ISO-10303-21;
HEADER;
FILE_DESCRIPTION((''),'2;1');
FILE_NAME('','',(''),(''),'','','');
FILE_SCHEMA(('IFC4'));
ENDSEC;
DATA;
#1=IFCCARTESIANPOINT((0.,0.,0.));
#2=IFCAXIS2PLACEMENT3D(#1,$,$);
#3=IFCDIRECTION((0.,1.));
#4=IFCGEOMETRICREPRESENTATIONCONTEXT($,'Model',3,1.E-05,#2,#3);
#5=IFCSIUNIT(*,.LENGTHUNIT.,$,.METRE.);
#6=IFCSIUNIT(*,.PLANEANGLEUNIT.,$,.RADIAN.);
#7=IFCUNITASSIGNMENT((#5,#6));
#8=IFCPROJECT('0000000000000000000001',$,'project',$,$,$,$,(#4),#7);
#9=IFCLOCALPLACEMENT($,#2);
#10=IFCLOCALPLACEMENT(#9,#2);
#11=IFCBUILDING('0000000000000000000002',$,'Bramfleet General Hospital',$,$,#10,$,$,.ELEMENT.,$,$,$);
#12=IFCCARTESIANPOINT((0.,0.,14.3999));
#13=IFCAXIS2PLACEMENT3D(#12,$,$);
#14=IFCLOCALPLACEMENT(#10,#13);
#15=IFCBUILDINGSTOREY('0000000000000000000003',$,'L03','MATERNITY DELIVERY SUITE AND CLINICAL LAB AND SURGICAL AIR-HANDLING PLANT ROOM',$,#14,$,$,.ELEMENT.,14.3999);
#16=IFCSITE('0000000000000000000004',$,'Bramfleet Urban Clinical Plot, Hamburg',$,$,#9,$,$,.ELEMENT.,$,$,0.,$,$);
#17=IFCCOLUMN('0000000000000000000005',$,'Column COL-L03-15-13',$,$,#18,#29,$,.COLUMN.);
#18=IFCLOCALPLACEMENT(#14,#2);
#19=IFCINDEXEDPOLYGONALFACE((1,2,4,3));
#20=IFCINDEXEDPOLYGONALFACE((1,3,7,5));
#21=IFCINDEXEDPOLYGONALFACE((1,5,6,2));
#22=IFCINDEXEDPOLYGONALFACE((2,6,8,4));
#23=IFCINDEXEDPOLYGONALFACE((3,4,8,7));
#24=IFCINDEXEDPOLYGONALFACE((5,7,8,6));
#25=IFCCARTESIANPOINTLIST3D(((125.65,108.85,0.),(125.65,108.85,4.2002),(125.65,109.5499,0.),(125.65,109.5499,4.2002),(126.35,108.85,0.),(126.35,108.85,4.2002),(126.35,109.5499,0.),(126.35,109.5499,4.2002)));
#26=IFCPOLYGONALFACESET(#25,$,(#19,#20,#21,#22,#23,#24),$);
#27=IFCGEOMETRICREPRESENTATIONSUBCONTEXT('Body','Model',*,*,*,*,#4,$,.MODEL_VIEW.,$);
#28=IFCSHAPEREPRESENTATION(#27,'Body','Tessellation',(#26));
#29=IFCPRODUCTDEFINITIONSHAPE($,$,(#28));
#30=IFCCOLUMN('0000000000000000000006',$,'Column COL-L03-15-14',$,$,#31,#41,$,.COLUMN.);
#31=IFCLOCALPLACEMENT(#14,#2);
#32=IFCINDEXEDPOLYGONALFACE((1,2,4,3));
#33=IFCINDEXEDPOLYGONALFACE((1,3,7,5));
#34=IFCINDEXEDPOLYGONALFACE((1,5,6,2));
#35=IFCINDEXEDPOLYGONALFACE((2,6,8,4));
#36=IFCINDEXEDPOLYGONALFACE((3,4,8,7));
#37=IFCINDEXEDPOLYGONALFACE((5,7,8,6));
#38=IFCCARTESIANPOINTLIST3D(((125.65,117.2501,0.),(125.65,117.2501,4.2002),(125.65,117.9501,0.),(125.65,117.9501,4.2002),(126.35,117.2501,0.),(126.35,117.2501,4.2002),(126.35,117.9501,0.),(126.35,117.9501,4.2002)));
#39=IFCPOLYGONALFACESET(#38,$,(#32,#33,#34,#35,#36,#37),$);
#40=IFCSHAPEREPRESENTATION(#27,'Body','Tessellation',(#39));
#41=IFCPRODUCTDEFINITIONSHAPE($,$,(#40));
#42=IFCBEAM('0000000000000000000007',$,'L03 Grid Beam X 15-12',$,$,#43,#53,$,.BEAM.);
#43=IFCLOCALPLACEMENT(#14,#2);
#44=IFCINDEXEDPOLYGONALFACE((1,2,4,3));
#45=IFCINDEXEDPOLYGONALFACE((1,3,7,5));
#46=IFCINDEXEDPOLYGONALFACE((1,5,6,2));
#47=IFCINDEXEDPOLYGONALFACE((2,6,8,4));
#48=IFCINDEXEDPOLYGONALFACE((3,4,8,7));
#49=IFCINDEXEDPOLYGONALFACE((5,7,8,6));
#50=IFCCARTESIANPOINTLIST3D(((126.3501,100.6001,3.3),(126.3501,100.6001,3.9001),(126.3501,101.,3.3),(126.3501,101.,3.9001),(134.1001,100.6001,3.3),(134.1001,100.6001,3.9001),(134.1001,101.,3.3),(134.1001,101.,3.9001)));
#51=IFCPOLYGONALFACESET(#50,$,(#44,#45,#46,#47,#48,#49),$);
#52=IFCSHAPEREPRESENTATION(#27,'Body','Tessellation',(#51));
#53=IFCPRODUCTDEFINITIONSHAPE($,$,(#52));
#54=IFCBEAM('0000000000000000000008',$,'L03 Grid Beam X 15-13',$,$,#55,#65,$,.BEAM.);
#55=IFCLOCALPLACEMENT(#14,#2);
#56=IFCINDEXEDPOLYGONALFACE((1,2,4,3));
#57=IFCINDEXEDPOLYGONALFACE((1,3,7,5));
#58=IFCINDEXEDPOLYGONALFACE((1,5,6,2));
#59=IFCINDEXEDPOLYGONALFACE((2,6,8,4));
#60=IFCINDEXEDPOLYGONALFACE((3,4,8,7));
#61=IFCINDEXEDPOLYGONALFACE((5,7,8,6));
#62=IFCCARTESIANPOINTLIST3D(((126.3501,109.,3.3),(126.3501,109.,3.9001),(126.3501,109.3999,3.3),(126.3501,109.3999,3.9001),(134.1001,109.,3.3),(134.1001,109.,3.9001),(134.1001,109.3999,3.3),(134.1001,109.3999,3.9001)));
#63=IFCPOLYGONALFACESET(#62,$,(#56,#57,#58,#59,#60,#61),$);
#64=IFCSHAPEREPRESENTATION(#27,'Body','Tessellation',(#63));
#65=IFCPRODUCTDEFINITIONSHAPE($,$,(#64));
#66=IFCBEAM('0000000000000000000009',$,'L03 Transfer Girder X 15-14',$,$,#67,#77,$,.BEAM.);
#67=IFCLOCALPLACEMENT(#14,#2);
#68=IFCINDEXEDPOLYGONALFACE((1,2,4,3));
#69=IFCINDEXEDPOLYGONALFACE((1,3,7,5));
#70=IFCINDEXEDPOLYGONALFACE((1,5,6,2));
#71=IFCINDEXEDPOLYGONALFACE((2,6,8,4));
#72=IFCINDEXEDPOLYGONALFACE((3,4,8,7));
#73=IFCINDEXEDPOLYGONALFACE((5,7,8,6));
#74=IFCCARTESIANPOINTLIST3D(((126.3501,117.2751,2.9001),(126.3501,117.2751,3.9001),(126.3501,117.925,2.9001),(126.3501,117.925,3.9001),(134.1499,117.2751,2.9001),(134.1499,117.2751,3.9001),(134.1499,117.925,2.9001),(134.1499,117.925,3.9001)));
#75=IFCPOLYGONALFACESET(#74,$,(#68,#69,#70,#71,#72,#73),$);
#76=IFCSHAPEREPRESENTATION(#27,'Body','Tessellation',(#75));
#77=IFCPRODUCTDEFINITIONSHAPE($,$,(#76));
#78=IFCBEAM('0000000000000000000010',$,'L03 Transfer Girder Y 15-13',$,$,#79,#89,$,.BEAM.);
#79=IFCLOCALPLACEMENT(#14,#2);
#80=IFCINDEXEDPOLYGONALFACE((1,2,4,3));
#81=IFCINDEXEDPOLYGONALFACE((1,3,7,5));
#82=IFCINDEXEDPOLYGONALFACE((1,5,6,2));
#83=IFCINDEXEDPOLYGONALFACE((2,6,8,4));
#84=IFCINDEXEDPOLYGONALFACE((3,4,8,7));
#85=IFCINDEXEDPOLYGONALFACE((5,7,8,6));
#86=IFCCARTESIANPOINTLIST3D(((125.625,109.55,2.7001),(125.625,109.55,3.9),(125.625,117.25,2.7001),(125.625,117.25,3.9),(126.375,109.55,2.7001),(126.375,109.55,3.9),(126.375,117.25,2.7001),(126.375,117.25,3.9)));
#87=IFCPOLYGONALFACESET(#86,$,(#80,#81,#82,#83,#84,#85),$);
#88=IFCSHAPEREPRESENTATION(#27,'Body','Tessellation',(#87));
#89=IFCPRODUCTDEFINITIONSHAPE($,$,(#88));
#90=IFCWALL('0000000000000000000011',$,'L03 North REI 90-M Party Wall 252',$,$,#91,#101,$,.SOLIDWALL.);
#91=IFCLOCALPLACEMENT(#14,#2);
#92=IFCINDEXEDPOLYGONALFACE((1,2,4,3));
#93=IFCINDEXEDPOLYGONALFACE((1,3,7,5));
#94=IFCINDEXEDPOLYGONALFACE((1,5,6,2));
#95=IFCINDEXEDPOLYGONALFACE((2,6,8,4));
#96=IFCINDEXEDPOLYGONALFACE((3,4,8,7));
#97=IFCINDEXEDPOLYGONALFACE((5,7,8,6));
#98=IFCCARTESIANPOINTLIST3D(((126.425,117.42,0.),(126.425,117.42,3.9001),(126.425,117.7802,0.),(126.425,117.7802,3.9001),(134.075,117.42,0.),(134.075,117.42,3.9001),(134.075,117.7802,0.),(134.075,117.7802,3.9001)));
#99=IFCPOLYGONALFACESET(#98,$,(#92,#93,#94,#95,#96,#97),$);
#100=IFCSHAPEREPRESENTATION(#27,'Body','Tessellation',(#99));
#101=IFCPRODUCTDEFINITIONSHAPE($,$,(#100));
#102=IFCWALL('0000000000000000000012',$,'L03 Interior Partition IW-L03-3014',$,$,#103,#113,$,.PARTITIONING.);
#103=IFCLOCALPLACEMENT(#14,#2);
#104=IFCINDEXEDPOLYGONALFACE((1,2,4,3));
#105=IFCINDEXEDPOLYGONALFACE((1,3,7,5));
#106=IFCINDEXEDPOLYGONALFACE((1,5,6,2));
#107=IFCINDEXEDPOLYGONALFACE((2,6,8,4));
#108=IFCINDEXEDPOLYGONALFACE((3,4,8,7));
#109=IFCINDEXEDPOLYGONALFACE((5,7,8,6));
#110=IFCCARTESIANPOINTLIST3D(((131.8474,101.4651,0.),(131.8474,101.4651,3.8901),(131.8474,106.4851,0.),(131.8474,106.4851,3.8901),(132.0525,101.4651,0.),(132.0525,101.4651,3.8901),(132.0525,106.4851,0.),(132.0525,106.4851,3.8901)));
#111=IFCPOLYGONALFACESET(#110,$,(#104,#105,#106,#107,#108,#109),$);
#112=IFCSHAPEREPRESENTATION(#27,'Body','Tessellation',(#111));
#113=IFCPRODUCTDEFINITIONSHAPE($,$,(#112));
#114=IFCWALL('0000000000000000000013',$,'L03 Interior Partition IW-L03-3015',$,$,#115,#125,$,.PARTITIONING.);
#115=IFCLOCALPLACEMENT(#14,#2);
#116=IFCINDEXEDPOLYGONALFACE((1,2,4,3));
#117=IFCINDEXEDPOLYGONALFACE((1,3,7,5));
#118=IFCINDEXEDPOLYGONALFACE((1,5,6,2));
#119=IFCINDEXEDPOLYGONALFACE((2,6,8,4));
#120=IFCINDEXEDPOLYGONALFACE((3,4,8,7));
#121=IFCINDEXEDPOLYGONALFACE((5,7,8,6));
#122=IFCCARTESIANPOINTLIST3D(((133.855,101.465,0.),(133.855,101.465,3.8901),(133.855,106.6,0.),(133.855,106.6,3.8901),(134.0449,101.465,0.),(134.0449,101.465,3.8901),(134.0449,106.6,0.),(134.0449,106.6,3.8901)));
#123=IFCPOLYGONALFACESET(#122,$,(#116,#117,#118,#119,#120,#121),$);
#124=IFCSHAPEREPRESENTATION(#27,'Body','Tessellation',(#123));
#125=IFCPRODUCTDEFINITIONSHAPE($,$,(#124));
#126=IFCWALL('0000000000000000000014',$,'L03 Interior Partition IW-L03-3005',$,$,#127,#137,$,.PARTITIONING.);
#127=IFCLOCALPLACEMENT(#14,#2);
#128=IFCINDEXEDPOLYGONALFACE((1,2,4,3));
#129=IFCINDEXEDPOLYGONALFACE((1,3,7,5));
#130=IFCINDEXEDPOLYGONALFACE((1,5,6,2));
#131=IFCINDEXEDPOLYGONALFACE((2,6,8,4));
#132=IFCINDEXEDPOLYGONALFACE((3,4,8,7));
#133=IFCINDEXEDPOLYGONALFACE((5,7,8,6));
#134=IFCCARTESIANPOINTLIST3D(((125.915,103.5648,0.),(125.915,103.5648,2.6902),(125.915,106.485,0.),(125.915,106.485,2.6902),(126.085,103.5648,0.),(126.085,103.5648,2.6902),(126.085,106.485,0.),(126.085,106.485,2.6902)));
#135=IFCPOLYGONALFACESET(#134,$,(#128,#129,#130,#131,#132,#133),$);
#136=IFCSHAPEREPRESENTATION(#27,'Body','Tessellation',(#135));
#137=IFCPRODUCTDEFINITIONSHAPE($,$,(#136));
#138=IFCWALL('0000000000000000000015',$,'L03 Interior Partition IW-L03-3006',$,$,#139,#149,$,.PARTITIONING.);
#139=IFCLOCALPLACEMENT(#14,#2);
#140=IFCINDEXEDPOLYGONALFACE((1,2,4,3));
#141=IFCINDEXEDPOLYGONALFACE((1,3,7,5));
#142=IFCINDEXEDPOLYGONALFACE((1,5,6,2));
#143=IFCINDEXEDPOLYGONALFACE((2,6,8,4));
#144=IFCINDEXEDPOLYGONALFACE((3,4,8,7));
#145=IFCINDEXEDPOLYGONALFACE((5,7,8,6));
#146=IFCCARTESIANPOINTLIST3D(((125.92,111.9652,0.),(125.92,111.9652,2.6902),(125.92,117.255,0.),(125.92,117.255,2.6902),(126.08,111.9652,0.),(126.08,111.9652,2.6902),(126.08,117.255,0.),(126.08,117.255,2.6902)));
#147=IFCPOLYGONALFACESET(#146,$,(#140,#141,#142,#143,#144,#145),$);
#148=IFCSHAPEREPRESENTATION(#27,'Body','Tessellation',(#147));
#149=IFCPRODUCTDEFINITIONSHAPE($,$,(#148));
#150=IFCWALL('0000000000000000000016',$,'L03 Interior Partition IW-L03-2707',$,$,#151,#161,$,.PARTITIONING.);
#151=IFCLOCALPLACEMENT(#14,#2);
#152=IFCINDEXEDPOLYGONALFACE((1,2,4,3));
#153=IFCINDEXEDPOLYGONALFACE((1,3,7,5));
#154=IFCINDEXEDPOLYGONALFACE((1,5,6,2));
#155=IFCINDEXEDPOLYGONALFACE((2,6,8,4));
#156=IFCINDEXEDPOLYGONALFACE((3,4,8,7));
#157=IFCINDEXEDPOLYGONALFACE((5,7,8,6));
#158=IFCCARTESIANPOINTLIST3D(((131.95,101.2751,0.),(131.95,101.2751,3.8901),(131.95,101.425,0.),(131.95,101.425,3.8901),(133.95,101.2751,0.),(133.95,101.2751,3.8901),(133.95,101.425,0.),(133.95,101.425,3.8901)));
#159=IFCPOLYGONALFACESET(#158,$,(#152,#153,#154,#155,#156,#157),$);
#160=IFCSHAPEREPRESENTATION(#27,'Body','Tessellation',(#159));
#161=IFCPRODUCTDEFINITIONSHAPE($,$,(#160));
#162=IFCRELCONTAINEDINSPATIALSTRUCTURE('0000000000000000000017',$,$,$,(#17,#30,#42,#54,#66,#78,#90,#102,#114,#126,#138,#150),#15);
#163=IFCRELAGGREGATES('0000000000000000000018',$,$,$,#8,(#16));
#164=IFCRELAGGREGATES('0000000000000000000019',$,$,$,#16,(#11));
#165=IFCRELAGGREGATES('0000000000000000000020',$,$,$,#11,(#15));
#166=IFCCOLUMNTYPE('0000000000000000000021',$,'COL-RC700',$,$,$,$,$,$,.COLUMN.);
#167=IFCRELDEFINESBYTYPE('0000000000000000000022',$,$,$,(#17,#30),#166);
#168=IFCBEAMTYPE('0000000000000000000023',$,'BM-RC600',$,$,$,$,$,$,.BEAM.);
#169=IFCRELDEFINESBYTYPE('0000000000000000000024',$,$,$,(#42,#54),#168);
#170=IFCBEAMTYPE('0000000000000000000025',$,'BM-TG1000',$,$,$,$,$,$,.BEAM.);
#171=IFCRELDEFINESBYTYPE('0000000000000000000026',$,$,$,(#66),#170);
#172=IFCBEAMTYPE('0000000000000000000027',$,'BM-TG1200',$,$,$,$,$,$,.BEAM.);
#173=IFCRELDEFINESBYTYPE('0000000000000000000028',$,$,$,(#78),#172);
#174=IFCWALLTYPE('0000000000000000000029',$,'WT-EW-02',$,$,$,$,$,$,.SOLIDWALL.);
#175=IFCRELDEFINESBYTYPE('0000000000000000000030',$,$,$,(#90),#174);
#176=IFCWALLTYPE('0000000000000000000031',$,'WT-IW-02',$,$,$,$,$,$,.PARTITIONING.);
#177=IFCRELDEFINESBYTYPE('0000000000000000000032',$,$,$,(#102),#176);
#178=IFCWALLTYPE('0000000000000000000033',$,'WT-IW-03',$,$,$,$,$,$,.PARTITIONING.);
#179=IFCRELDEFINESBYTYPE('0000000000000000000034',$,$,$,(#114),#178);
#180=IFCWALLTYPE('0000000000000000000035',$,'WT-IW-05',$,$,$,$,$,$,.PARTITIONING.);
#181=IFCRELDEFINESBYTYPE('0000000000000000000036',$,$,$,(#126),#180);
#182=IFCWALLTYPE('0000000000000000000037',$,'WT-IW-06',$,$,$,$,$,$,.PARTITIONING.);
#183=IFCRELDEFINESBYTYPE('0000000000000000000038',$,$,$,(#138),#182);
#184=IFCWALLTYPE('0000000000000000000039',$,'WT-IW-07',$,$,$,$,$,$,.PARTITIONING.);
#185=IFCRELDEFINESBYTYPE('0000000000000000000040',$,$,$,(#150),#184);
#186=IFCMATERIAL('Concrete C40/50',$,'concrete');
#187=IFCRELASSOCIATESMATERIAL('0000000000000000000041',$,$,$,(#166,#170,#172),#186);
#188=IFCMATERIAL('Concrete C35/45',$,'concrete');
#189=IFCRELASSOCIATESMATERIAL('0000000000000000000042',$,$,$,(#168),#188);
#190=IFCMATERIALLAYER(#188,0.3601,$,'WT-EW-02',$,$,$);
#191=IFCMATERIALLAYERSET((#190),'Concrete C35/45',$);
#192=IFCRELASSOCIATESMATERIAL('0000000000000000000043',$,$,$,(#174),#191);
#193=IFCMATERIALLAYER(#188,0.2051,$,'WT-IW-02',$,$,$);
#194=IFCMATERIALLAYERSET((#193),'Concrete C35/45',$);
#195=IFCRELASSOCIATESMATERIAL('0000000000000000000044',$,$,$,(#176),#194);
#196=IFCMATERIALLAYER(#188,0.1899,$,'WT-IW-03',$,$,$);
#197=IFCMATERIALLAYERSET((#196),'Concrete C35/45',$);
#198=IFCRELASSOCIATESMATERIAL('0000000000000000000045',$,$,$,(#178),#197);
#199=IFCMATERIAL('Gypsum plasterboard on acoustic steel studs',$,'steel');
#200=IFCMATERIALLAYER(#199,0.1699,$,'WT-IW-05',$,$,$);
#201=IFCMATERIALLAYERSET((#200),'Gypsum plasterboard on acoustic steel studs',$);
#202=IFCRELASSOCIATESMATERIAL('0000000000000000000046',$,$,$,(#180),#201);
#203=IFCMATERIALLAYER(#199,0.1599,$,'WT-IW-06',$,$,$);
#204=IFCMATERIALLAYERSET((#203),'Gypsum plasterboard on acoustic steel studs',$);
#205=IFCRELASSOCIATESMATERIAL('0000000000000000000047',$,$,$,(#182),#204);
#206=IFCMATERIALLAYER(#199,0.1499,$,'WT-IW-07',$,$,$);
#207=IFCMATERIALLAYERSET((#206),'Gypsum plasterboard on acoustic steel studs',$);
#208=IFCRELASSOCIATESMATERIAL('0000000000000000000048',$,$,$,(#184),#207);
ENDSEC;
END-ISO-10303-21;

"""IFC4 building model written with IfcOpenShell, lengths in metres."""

from ifc_helpers import new_model, si_unit, direction, frame, frame_2d, origin, origin_2d, place, context, subcontext, project, spatial, rectangle, extrude, material, layer, layer_set, material_profile, profile_set, type_object, element, save


model = new_model("IFC4")

# Units and contexts
model_context = context("Model", 3, precision=1e-05, world=origin(), true_north=direction((0.0, 1.0)))
body_context = subcontext(model_context, "Body", "Model", "MODEL_VIEW")
ifc_project = project(units=[si_unit("LENGTHUNIT", "METRE"), si_unit("PLANEANGLEUNIT", "RADIAN")], contexts=[model_context])

# Site, building, storey
site_placement = place(None, origin())
site = spatial("IfcSite", under=ifc_project, at=site_placement, Name="Bramfleet Urban Clinical Plot, Hamburg", CompositionType="ELEMENT", RefElevation=0.0)
building_placement = place(site_placement, origin())
building = spatial("IfcBuilding", under=site, at=building_placement, Name="Bramfleet General Hospital", CompositionType="ELEMENT")
storey_placement = place(building_placement, frame((0.0, 0.0, 14.3999)))
storey = spatial("IfcBuildingStorey", under=building, at=storey_placement, Name="L03", Description="MATERNITY DELIVERY SUITE AND CLINICAL LAB AND SURGICAL AIR-HANDLING PLANT ROOM", CompositionType="ELEMENT", Elevation=14.3999)

# Columns
ifc_material_1 = material(Name="Concrete C40/50", Category="concrete")
ifc_material_profile_1 = material_profile(ifc_material_1, rectangle(XDim=0.7, YDim=0.7, at=origin_2d()), Name="RC COL 700x700")
ifc_profile_set_1 = profile_set([ifc_material_profile_1], Name="Concrete C40/50")
column_type = type_object("IfcColumnType", Name="COL-RC700", PredefinedType="COLUMN", material=ifc_profile_set_1)
for number, where, z_axis, x_axis, name in (
    (1, (126.0, 109.2, 0.0), (0.0, 0.0, 1.0), (1.0, 0.0, 0.0), "Column COL-L03-15-13"),
    (2, (126.0, 117.6001, 0.0), (0.0, 0.0, 1.0), (1.0, 0.0, 0.0), "Column COL-L03-15-14"),
):
    element("IfcColumn", number, at=place(storey_placement, frame(where, z_axis=z_axis, x_axis=x_axis)), inside=storey, type_object=column_type, Name=name, PredefinedType="COLUMN", context=body_context, shape_type="SweptSolid", body=[
        extrude(rectangle(XDim=0.7, YDim=0.7, at=origin_2d()), origin(), (0.0, 0.0, 1.0), 4.2002),
    ])

# Beams
ifc_material_2 = material(Name="Concrete C35/45", Category="concrete")
ifc_material_profile_2 = material_profile(ifc_material_2, rectangle(XDim=0.3999, YDim=0.6001, at=origin_2d()), Name="RC BM 600x400")
ifc_profile_set_2 = profile_set([ifc_material_profile_2], Name="Concrete C35/45")
beam_type_1 = type_object("IfcBeamType", Name="BM-RC600", PredefinedType="BEAM", material=ifc_profile_set_2)
for number, where, z_axis, x_axis, name in (
    (3, (126.3501, 100.8, 3.6001), (1.0, 0.0, 0.0), (0.0, 1.0, 0.0), "L03 Grid Beam X 15-12"),
    (4, (126.3501, 109.2, 3.6001), (1.0, 0.0, 0.0), (0.0, 1.0, 0.0), "L03 Grid Beam X 15-13"),
):
    element("IfcBeam", number, at=place(storey_placement, frame(where, z_axis=z_axis, x_axis=x_axis)), inside=storey, type_object=beam_type_1, Name=name, PredefinedType="BEAM", context=body_context, shape_type="SweptSolid", body=[
        extrude(rectangle(XDim=0.3999, YDim=0.6001, at=origin_2d()), origin(), (0.0, 0.0, 1.0), 7.75),
    ])
ifc_material_profile_3 = material_profile(ifc_material_1, rectangle(XDim=0.6499, YDim=1.0, at=origin_2d()), Name="RC TG 1000x650")
ifc_profile_set_3 = profile_set([ifc_material_profile_3], Name="Concrete C40/50")
beam_type_2 = type_object("IfcBeamType", Name="BM-TG1000", PredefinedType="BEAM", material=ifc_profile_set_3)
beam_1_placement = place(storey_placement, frame((126.3501, 117.6001, 3.4001), z_axis=(1.0, 0.0, 0.0), x_axis=(0.0, 1.0, 0.0)))
element("IfcBeam", 5, at=beam_1_placement, inside=storey, type_object=beam_type_2, Name="L03 Transfer Girder X 15-14", PredefinedType="BEAM", context=body_context, shape_type="SweptSolid", body=[
    extrude(rectangle(XDim=0.6499, YDim=1.0, at=origin_2d()), origin(), (0.0, 0.0, 1.0), 7.7998),
])
ifc_material_profile_4 = material_profile(ifc_material_1, rectangle(XDim=0.75, YDim=1.2, at=origin_2d()), Name="RC TG 1200x750")
ifc_profile_set_4 = profile_set([ifc_material_profile_4], Name="Concrete C40/50")
beam_type_3 = type_object("IfcBeamType", Name="BM-TG1200", PredefinedType="BEAM", material=ifc_profile_set_4)
beam_2_placement = place(storey_placement, frame((126.0, 109.55, 3.3), z_axis=(0.0, 1.0, 0.0), x_axis=(-1.0, 0.0, 0.0)))
element("IfcBeam", 6, at=beam_2_placement, inside=storey, type_object=beam_type_3, Name="L03 Transfer Girder Y 15-13", PredefinedType="BEAM", context=body_context, shape_type="SweptSolid", body=[
    extrude(rectangle(XDim=0.75, YDim=1.2, at=origin_2d()), origin(), (0.0, 0.0, 1.0), 7.7),
])

# Walls
ifc_layer_1 = layer(ifc_material_2, 0.3601, Name="WT-EW-02")
ifc_layer_set_1 = layer_set([ifc_layer_1], Name="Concrete C35/45")
wall_type_1 = type_object("IfcWallType", Name="WT-EW-02", PredefinedType="SOLIDWALL", material=ifc_layer_set_1)
wall_1_placement = place(storey_placement, frame((126.425, 117.6001, 0.0), z_axis=(0.0, 0.0, 1.0), x_axis=(1.0, 0.0, 0.0)))
element("IfcWall", 7, at=wall_1_placement, inside=storey, type_object=wall_type_1, Name="L03 North REI 90-M Party Wall 252", PredefinedType="SOLIDWALL", context=body_context, shape_type="SweptSolid", body=[
    extrude(rectangle(XDim=7.6499, YDim=0.3601, at=frame_2d((3.825, 0.0))), origin(), (0.0, 0.0, 1.0), 3.9001),
])
ifc_layer_2 = layer(ifc_material_2, 0.2051, Name="WT-IW-02")
ifc_layer_set_2 = layer_set([ifc_layer_2], Name="Concrete C35/45")
wall_type_2 = type_object("IfcWallType", Name="WT-IW-02", PredefinedType="PARTITIONING", material=ifc_layer_set_2)
wall_2_placement = place(storey_placement, frame((131.95, 101.4651, 0.0), z_axis=(0.0, 0.0, 1.0), x_axis=(0.0, 1.0, 0.0)))
element("IfcWall", 8, at=wall_2_placement, inside=storey, type_object=wall_type_2, Name="L03 Interior Partition IW-L03-3014", PredefinedType="PARTITIONING", context=body_context, shape_type="SweptSolid", body=[
    extrude(rectangle(XDim=5.02, YDim=0.2051, at=frame_2d((2.51, 0.0))), origin(), (0.0, 0.0, 1.0), 3.8901),
])
ifc_layer_3 = layer(ifc_material_2, 0.1899, Name="WT-IW-03")
ifc_layer_set_3 = layer_set([ifc_layer_3], Name="Concrete C35/45")
wall_type_3 = type_object("IfcWallType", Name="WT-IW-03", PredefinedType="PARTITIONING", material=ifc_layer_set_3)
wall_3_placement = place(storey_placement, frame((133.95, 101.4651, 0.0), z_axis=(0.0, 0.0, 1.0), x_axis=(0.0, 1.0, 0.0)))
element("IfcWall", 9, at=wall_3_placement, inside=storey, type_object=wall_type_3, Name="L03 Interior Partition IW-L03-3015", PredefinedType="PARTITIONING", context=body_context, shape_type="SweptSolid", body=[
    extrude(rectangle(XDim=5.135, YDim=0.1899, at=frame_2d((2.5674, 0.0))), origin(), (0.0, 0.0, 1.0), 3.8901),
])
ifc_material_3 = material(Name="Gypsum plasterboard on acoustic steel studs", Category="steel")
ifc_layer_4 = layer(ifc_material_3, 0.1699, Name="WT-IW-05")
ifc_layer_set_4 = layer_set([ifc_layer_4], Name="Gypsum plasterboard on acoustic steel studs")
wall_type_4 = type_object("IfcWallType", Name="WT-IW-05", PredefinedType="PARTITIONING", material=ifc_layer_set_4)
wall_4_placement = place(storey_placement, frame((126.0, 103.5649, 0.0), z_axis=(0.0, 0.0, 1.0), x_axis=(0.0, 1.0, 0.0)))
element("IfcWall", 10, at=wall_4_placement, inside=storey, type_object=wall_type_4, Name="L03 Interior Partition IW-L03-3005", PredefinedType="PARTITIONING", context=body_context, shape_type="SweptSolid", body=[
    extrude(rectangle(XDim=2.9202, YDim=0.1699, at=frame_2d((1.46, 0.0))), origin(), (0.0, 0.0, 1.0), 2.6902),
])
ifc_layer_5 = layer(ifc_material_3, 0.1599, Name="WT-IW-06")
ifc_layer_set_5 = layer_set([ifc_layer_5], Name="Gypsum plasterboard on acoustic steel studs")
wall_type_5 = type_object("IfcWallType", Name="WT-IW-06", PredefinedType="PARTITIONING", material=ifc_layer_set_5)
wall_5_placement = place(storey_placement, frame((126.0, 111.9651, 0.0), z_axis=(0.0, 0.0, 1.0), x_axis=(0.0, 1.0, 0.0)))
element("IfcWall", 11, at=wall_5_placement, inside=storey, type_object=wall_type_5, Name="L03 Interior Partition IW-L03-3006", PredefinedType="PARTITIONING", context=body_context, shape_type="SweptSolid", body=[
    extrude(rectangle(XDim=5.2898, YDim=0.1599, at=frame_2d((2.645, 0.0))), origin(), (0.0, 0.0, 1.0), 2.6902),
])
ifc_layer_6 = layer(ifc_material_3, 0.1499, Name="WT-IW-07")
ifc_layer_set_6 = layer_set([ifc_layer_6], Name="Gypsum plasterboard on acoustic steel studs")
wall_type_6 = type_object("IfcWallType", Name="WT-IW-07", PredefinedType="PARTITIONING", material=ifc_layer_set_6)
wall_6_placement = place(storey_placement, frame((131.95, 101.3501, 0.0), z_axis=(0.0, 0.0, 1.0), x_axis=(1.0, 0.0, 0.0)))
element("IfcWall", 12, at=wall_6_placement, inside=storey, type_object=wall_type_6, Name="L03 Interior Partition IW-L03-2707", PredefinedType="PARTITIONING", context=body_context, shape_type="SweptSolid", body=[
    extrude(rectangle(XDim=2.0, YDim=0.1499, at=frame_2d((1.0, 0.0))), origin(), (0.0, 0.0, 1.0), 3.8901),
])

save(model, "model.ifc")
